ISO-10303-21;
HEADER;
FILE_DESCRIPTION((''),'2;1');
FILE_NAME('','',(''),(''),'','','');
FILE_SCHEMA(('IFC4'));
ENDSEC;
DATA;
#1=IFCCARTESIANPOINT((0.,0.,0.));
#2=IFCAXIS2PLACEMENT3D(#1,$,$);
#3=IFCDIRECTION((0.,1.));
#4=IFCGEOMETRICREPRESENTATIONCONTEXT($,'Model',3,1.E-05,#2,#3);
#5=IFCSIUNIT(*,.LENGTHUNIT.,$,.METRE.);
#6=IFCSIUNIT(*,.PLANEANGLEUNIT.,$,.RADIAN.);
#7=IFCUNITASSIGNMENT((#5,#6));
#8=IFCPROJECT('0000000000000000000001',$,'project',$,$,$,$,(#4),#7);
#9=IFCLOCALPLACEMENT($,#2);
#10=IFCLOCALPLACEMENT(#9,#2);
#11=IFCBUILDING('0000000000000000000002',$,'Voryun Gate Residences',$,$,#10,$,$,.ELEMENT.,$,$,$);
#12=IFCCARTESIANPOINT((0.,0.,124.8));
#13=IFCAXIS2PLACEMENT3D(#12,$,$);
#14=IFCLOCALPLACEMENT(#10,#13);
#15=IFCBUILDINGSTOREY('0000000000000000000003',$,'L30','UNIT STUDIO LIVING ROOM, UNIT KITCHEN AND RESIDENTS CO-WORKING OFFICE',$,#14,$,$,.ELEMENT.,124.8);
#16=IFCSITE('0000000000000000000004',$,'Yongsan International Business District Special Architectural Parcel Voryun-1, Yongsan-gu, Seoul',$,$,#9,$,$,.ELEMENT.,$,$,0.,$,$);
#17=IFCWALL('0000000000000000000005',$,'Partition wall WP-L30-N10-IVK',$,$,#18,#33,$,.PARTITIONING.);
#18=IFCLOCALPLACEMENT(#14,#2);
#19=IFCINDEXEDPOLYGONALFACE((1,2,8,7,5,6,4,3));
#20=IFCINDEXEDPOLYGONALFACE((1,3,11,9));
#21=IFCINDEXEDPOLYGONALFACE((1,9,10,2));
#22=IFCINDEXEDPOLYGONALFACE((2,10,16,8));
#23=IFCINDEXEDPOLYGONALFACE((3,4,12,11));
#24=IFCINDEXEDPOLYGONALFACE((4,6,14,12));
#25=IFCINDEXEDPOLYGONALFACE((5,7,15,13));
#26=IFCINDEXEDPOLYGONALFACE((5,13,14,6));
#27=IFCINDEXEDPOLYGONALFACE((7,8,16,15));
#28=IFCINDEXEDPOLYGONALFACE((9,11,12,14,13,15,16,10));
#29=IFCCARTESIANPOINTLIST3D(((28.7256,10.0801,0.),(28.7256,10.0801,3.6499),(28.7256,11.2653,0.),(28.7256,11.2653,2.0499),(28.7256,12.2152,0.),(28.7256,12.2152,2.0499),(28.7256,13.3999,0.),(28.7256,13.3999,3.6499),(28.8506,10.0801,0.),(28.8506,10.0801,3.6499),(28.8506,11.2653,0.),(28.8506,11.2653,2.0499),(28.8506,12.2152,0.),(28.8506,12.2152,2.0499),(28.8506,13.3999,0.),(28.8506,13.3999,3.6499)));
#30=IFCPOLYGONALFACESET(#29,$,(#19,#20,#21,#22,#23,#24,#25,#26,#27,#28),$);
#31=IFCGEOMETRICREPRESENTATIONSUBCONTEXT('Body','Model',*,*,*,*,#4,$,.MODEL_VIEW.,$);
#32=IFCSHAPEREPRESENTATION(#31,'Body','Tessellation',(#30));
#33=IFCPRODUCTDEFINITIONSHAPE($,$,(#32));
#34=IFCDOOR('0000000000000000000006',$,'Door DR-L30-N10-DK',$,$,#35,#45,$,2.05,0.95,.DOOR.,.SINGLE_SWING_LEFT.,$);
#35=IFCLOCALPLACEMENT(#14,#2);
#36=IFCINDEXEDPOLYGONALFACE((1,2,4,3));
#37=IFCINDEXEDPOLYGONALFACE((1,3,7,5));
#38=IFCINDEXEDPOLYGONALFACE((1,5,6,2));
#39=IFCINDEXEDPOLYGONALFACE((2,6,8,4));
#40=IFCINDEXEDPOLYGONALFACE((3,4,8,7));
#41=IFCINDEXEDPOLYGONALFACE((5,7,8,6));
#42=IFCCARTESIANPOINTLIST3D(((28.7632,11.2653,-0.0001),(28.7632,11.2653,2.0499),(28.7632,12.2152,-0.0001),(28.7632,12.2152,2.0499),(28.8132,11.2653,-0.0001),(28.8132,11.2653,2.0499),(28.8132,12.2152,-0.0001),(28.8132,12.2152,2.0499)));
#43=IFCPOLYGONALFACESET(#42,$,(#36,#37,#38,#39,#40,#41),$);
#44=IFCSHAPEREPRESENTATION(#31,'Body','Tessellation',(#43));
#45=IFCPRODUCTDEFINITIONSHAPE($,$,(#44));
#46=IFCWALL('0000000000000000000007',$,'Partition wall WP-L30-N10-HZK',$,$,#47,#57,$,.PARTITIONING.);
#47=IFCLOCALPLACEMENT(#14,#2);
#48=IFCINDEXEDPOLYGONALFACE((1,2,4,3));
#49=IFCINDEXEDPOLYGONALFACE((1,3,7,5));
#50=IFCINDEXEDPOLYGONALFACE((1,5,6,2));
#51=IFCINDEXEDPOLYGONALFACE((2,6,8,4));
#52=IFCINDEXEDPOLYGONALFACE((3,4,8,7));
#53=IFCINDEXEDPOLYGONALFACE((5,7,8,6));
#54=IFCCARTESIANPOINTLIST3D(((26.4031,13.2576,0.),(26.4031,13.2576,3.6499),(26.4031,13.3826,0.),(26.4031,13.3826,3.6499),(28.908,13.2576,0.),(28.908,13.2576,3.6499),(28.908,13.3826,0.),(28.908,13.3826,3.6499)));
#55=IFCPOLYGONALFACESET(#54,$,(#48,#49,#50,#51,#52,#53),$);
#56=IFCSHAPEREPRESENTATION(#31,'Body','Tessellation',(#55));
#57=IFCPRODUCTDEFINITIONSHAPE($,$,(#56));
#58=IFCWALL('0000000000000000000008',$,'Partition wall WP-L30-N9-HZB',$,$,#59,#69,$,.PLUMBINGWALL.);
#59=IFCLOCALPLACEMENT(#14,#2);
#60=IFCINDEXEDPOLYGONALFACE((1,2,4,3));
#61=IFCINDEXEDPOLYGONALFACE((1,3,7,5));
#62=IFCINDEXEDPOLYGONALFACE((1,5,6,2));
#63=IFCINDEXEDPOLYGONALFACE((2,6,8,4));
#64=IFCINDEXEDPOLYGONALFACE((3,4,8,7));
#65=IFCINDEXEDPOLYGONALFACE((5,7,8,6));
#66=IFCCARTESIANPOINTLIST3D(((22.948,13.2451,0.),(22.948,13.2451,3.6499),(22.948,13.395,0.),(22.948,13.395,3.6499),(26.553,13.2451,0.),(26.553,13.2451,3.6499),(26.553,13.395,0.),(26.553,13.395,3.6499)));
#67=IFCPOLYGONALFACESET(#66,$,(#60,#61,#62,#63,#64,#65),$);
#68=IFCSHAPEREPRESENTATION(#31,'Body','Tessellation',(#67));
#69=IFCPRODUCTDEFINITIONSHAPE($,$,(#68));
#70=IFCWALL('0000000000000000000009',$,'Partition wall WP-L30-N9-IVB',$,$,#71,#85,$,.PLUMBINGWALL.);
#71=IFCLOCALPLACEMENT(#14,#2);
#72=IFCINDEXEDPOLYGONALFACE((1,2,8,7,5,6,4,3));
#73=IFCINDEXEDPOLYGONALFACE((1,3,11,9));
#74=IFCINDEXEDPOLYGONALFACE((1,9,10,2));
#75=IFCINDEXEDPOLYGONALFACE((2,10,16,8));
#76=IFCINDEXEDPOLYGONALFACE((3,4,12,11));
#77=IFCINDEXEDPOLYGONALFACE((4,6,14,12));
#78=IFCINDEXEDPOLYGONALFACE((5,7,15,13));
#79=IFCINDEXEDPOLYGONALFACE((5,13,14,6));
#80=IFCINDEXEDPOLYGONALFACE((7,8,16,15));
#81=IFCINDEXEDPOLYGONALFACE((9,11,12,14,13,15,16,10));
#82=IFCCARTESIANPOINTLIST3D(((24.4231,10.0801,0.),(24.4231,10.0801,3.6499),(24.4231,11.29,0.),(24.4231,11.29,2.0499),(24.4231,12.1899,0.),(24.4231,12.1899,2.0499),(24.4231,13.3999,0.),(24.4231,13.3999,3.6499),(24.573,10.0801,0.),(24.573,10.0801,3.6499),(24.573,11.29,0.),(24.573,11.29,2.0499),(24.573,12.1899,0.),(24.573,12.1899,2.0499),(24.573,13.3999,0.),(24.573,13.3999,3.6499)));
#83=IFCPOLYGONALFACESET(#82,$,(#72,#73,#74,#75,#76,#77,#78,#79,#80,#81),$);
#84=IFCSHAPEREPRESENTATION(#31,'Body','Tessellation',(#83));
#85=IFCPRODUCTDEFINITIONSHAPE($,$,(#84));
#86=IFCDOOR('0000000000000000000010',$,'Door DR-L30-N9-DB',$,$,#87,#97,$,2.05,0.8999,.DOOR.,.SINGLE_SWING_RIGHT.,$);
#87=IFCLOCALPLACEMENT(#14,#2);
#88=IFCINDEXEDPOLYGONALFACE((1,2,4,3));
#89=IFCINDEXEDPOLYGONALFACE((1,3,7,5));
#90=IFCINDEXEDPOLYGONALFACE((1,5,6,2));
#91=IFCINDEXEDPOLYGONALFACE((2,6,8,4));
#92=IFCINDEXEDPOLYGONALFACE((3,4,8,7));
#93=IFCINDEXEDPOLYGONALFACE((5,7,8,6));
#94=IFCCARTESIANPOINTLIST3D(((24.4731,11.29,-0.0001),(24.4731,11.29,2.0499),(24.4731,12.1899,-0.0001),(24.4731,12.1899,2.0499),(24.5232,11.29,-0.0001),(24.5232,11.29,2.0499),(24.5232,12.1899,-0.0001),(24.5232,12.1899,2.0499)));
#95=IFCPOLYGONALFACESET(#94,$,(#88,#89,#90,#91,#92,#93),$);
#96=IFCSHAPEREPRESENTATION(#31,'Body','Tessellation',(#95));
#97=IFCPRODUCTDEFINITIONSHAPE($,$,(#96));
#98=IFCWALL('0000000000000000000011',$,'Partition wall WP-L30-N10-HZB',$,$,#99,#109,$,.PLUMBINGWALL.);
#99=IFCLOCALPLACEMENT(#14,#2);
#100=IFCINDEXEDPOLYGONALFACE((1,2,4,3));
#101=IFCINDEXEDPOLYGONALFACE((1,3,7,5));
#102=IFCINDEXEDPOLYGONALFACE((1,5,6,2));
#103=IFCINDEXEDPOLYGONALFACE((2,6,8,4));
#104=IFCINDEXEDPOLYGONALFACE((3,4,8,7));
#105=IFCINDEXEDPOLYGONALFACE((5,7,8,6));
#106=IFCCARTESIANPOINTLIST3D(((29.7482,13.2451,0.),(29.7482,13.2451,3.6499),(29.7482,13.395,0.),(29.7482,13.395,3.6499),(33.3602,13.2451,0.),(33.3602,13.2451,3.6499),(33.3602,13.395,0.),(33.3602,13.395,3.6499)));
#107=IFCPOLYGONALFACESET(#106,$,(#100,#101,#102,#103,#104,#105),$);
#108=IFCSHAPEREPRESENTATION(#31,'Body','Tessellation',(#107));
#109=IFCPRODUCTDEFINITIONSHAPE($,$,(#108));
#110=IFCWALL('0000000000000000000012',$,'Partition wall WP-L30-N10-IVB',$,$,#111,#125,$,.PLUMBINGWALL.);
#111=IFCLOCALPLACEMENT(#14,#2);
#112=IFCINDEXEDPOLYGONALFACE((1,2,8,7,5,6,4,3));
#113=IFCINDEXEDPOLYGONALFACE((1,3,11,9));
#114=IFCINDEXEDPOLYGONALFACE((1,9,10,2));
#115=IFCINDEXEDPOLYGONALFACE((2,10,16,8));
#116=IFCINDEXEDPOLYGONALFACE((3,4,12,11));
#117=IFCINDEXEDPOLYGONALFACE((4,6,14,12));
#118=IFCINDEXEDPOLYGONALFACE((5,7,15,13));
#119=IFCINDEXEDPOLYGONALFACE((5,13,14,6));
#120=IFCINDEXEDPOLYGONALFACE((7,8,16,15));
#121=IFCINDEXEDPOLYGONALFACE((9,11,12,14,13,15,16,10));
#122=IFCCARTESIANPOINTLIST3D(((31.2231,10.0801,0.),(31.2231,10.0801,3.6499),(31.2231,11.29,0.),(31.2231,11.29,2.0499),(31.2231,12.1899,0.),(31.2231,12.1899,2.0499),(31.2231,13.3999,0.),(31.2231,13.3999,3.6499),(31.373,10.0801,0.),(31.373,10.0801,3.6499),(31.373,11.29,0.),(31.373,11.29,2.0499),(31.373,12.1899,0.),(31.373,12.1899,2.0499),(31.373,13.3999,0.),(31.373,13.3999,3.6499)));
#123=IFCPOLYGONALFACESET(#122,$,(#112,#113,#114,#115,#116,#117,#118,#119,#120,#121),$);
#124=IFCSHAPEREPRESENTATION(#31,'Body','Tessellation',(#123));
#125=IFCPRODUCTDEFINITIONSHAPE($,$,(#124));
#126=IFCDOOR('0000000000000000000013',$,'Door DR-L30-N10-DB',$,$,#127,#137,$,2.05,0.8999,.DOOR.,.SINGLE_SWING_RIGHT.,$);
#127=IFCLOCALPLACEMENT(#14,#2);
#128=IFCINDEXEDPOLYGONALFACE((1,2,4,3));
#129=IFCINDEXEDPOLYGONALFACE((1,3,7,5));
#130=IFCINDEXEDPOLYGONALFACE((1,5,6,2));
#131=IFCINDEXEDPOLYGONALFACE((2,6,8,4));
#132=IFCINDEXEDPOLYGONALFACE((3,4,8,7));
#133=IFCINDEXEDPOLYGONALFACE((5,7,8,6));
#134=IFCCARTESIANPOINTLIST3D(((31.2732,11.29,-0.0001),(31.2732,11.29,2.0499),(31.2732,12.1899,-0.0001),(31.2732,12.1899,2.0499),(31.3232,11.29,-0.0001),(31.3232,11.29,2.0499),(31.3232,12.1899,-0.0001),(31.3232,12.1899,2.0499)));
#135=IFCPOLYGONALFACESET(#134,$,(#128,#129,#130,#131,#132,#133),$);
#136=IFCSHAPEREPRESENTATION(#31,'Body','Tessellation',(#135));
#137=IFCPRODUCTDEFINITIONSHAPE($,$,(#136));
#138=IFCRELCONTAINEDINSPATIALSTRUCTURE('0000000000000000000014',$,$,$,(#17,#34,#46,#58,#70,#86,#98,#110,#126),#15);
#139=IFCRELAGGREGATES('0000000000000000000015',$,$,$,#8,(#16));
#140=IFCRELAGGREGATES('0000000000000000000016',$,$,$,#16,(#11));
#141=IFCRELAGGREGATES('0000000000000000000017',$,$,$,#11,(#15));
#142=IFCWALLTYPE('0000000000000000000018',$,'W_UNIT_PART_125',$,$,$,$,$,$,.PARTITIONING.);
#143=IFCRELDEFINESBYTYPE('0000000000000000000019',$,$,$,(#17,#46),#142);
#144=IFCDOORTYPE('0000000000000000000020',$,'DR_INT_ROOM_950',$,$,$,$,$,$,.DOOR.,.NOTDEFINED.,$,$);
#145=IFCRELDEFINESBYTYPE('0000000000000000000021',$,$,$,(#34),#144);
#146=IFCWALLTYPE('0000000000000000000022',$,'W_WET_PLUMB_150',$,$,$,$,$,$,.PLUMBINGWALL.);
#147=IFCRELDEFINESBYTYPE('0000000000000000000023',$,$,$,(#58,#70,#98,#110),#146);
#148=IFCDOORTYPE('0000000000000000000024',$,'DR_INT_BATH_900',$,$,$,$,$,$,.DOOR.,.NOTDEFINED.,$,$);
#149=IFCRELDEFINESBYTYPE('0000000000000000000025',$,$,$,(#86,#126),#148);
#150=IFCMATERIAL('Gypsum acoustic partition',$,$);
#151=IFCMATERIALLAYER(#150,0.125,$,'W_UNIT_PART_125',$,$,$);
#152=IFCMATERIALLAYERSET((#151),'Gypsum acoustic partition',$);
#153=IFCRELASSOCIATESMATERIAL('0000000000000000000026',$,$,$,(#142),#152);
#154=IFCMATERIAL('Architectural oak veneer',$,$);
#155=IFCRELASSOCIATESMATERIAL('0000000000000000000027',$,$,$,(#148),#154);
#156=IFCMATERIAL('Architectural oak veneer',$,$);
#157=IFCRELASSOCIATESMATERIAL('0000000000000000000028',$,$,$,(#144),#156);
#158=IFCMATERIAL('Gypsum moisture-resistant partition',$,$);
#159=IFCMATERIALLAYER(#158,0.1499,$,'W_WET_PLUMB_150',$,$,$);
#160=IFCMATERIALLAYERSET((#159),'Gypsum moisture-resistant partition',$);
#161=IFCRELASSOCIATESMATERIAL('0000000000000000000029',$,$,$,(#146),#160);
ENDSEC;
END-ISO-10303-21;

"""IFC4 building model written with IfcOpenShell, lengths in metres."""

from ifc_helpers import new_model, si_unit, direction, frame, frame_2d, origin, place, context, subcontext, project, spatial, rectangle, extrude, material, layer, layer_set, type_object, element, fill, save


model = new_model("IFC4")

# Units and contexts
model_context = context("Model", 3, precision=1e-05, world=origin(), true_north=direction((0.0, 1.0)))
body_context = subcontext(model_context, "Body", "Model", "MODEL_VIEW")
ifc_project = project(units=[si_unit("LENGTHUNIT", "METRE"), si_unit("PLANEANGLEUNIT", "RADIAN")], contexts=[model_context])

# Site, building, storey
site_placement = place(None, origin())
site = spatial("IfcSite", under=ifc_project, at=site_placement, Name="Yongsan International Business District Special Architectural Parcel Voryun-1, Yongsan-gu, Seoul", CompositionType="ELEMENT", RefElevation=0.0)
building_placement = place(site_placement, origin())
building = spatial("IfcBuilding", under=site, at=building_placement, Name="Voryun Gate Residences", CompositionType="ELEMENT")
storey_placement = place(building_placement, frame((0.0, 0.0, 124.8)))
storey = spatial("IfcBuildingStorey", under=building, at=storey_placement, Name="L30", Description="UNIT STUDIO LIVING ROOM, UNIT KITCHEN AND RESIDENTS CO-WORKING OFFICE", CompositionType="ELEMENT", Elevation=124.8)

# Shared definitions
ifc_material_1 = material(Name="Gypsum acoustic partition")
ifc_layer_1 = layer(ifc_material_1, 0.125, Name="W_UNIT_PART_125")
ifc_layer_set_1 = layer_set([ifc_layer_1], Name="Gypsum acoustic partition")
wall_type_1 = type_object("IfcWallType", Name="W_UNIT_PART_125", PredefinedType="PARTITIONING", material=ifc_layer_set_1)
ifc_material_2 = material(Name="Architectural oak veneer")
door_type_1 = type_object("IfcDoorType", Name="DR_INT_BATH_900", OperationType="NOTDEFINED", PredefinedType="DOOR", material=ifc_material_2)
ifc_material_3 = material(Name="Architectural oak veneer")
door_type_2 = type_object("IfcDoorType", Name="DR_INT_ROOM_950", OperationType="NOTDEFINED", PredefinedType="DOOR", material=ifc_material_3)

# Wall, opening, door
wall_1_placement = place(storey_placement, frame((28.7881, 10.0801, 0.0), z_axis=(0.0, 0.0, 1.0), x_axis=(0.0, 1.0, 0.0)))
wall_1 = element("IfcWall", 1, at=wall_1_placement, inside=storey, type_object=wall_type_1, Name="Partition wall WP-L30-N10-IVK", PredefinedType="PARTITIONING", context=body_context, shape_type="SweptSolid", body=[
    extrude(rectangle(XDim=3.3198, YDim=0.125, at=frame_2d((1.6599, 0.0))), origin(), (0.0, 0.0, 1.0), 3.6499),
])
opening_1_placement = place(wall_1_placement, frame((1.1851, 0.0, 0.0)))
opening_1 = element("IfcOpeningElement", 2, at=opening_1_placement, cuts=wall_1, PredefinedType="OPENING", context=body_context, shape_type="SweptSolid", body=[
    extrude(rectangle(XDim=0.95, YDim=2.05, at=frame_2d((0.4751, 1.0249))), frame((0.0, 0.0725, 0.0), z_axis=(0.0, -1.0, 0.0), x_axis=(1.0, 0.0, 0.0)), (0.0, 0.0, 1.0), 0.145),
])
door_1_placement = place(opening_1_placement, origin())
door_1 = element("IfcDoor", 3, at=door_1_placement, inside=storey, type_object=door_type_2, Name="Door DR-L30-N10-DK", OperationType="SINGLE_SWING_LEFT", OverallHeight=2.05, OverallWidth=0.95, PredefinedType="DOOR", context=body_context, shape_type="SweptSolid", body=[
    extrude(rectangle(XDim=0.95, YDim=2.05, at=frame_2d((0.4751, 1.0249))), frame((0.0, 0.0249, 0.0), z_axis=(0.0, -1.0, 0.0), x_axis=(1.0, 0.0, 0.0)), (0.0, 0.0, 1.0), 0.05),
])
fill(opening_1, door_1)

# Walls
wall_2_placement = place(storey_placement, frame((26.4031, 13.3201, 0.0), z_axis=(0.0, 0.0, 1.0), x_axis=(1.0, 0.0, 0.0)))
element("IfcWall", 4, at=wall_2_placement, inside=storey, type_object=wall_type_1, Name="Partition wall WP-L30-N10-HZK", PredefinedType="PARTITIONING", context=body_context, shape_type="SweptSolid", body=[
    extrude(rectangle(XDim=2.5049, YDim=0.125, at=frame_2d((1.2524, 0.0))), origin(), (0.0, 0.0, 1.0), 3.6499),
])
ifc_material_4 = material(Name="Gypsum moisture-resistant partition")
ifc_layer_2 = layer(ifc_material_4, 0.1499, Name="W_WET_PLUMB_150")
ifc_layer_set_2 = layer_set([ifc_layer_2], Name="Gypsum moisture-resistant partition")
wall_type_2 = type_object("IfcWallType", Name="W_WET_PLUMB_150", PredefinedType="PLUMBINGWALL", material=ifc_layer_set_2)
wall_3_placement = place(storey_placement, frame((22.948, 13.3201, 0.0), z_axis=(0.0, 0.0, 1.0), x_axis=(1.0, 0.0, 0.0)))
element("IfcWall", 5, at=wall_3_placement, inside=storey, type_object=wall_type_2, Name="Partition wall WP-L30-N9-HZB", PredefinedType="PLUMBINGWALL", context=body_context, shape_type="SweptSolid", body=[
    extrude(rectangle(XDim=3.605, YDim=0.1499, at=frame_2d((1.8025, 0.0))), origin(), (0.0, 0.0, 1.0), 3.6499),
])

# Wall, opening, door
wall_4_placement = place(storey_placement, frame((24.498, 10.0801, 0.0), z_axis=(0.0, 0.0, 1.0), x_axis=(0.0, 1.0, 0.0)))
wall_4 = element("IfcWall", 6, at=wall_4_placement, inside=storey, type_object=wall_type_2, Name="Partition wall WP-L30-N9-IVB", PredefinedType="PLUMBINGWALL", context=body_context, shape_type="SweptSolid", body=[
    extrude(rectangle(XDim=3.3198, YDim=0.1499, at=frame_2d((1.6599, 0.0))), origin(), (0.0, 0.0, 1.0), 3.6499),
])
opening_2_placement = place(wall_4_placement, frame((1.21, 0.0, 0.0)))
opening_2 = element("IfcOpeningElement", 7, at=opening_2_placement, cuts=wall_4, PredefinedType="OPENING", context=body_context, shape_type="SweptSolid", body=[
    extrude(rectangle(XDim=0.8999, YDim=2.05, at=frame_2d((0.45, 1.0249))), frame((0.0, 0.085, 0.0), z_axis=(0.0, -1.0, 0.0), x_axis=(1.0, 0.0, 0.0)), (0.0, 0.0, 1.0), 0.1699),
])
door_2_placement = place(opening_2_placement, origin())
door_2 = element("IfcDoor", 8, at=door_2_placement, inside=storey, type_object=door_type_1, Name="Door DR-L30-N9-DB", OperationType="SINGLE_SWING_RIGHT", OverallHeight=2.05, OverallWidth=0.8999, PredefinedType="DOOR", context=body_context, shape_type="SweptSolid", body=[
    extrude(rectangle(XDim=0.8999, YDim=2.05, at=frame_2d((0.45, 1.0249))), frame((0.0, 0.0249, 0.0), z_axis=(0.0, -1.0, 0.0), x_axis=(1.0, 0.0, 0.0)), (0.0, 0.0, 1.0), 0.05),
])
fill(opening_2, door_2)

# Wall
wall_5_placement = place(storey_placement, frame((29.748, 13.3201, 0.0), z_axis=(0.0, 0.0, 1.0), x_axis=(1.0, 0.0, 0.0)))
element("IfcWall", 9, at=wall_5_placement, inside=storey, type_object=wall_type_2, Name="Partition wall WP-L30-N10-HZB", PredefinedType="PLUMBINGWALL", context=body_context, shape_type="SweptSolid", body=[
    extrude(rectangle(XDim=3.6121, YDim=0.1499, at=frame_2d((1.8062, 0.0))), origin(), (0.0, 0.0, 1.0), 3.6499),
])

# Wall, opening, door
wall_6_placement = place(storey_placement, frame((31.2981, 10.0801, 0.0), z_axis=(0.0, 0.0, 1.0), x_axis=(0.0, 1.0, 0.0)))
wall_6 = element("IfcWall", 10, at=wall_6_placement, inside=storey, type_object=wall_type_2, Name="Partition wall WP-L30-N10-IVB", PredefinedType="PLUMBINGWALL", context=body_context, shape_type="SweptSolid", body=[
    extrude(rectangle(XDim=3.3198, YDim=0.1499, at=frame_2d((1.6599, 0.0))), origin(), (0.0, 0.0, 1.0), 3.6499),
])
opening_3_placement = place(wall_6_placement, frame((1.21, 0.0, 0.0)))
opening_3 = element("IfcOpeningElement", 11, at=opening_3_placement, cuts=wall_6, PredefinedType="OPENING", context=body_context, shape_type="SweptSolid", body=[
    extrude(rectangle(XDim=0.8999, YDim=2.05, at=frame_2d((0.45, 1.0249))), frame((0.0, 0.085, 0.0), z_axis=(0.0, -1.0, 0.0), x_axis=(1.0, 0.0, 0.0)), (0.0, 0.0, 1.0), 0.1699),
])
door_3_placement = place(opening_3_placement, origin())
door_3 = element("IfcDoor", 12, at=door_3_placement, inside=storey, type_object=door_type_1, Name="Door DR-L30-N10-DB", OperationType="SINGLE_SWING_RIGHT", OverallHeight=2.05, OverallWidth=0.8999, PredefinedType="DOOR", context=body_context, shape_type="SweptSolid", body=[
    extrude(rectangle(XDim=0.8999, YDim=2.05, at=frame_2d((0.45, 1.0249))), frame((0.0, 0.0249, 0.0), z_axis=(0.0, -1.0, 0.0), x_axis=(1.0, 0.0, 0.0)), (0.0, 0.0, 1.0), 0.05),
])
fill(opening_3, door_3)

save(model, "model.ifc")
